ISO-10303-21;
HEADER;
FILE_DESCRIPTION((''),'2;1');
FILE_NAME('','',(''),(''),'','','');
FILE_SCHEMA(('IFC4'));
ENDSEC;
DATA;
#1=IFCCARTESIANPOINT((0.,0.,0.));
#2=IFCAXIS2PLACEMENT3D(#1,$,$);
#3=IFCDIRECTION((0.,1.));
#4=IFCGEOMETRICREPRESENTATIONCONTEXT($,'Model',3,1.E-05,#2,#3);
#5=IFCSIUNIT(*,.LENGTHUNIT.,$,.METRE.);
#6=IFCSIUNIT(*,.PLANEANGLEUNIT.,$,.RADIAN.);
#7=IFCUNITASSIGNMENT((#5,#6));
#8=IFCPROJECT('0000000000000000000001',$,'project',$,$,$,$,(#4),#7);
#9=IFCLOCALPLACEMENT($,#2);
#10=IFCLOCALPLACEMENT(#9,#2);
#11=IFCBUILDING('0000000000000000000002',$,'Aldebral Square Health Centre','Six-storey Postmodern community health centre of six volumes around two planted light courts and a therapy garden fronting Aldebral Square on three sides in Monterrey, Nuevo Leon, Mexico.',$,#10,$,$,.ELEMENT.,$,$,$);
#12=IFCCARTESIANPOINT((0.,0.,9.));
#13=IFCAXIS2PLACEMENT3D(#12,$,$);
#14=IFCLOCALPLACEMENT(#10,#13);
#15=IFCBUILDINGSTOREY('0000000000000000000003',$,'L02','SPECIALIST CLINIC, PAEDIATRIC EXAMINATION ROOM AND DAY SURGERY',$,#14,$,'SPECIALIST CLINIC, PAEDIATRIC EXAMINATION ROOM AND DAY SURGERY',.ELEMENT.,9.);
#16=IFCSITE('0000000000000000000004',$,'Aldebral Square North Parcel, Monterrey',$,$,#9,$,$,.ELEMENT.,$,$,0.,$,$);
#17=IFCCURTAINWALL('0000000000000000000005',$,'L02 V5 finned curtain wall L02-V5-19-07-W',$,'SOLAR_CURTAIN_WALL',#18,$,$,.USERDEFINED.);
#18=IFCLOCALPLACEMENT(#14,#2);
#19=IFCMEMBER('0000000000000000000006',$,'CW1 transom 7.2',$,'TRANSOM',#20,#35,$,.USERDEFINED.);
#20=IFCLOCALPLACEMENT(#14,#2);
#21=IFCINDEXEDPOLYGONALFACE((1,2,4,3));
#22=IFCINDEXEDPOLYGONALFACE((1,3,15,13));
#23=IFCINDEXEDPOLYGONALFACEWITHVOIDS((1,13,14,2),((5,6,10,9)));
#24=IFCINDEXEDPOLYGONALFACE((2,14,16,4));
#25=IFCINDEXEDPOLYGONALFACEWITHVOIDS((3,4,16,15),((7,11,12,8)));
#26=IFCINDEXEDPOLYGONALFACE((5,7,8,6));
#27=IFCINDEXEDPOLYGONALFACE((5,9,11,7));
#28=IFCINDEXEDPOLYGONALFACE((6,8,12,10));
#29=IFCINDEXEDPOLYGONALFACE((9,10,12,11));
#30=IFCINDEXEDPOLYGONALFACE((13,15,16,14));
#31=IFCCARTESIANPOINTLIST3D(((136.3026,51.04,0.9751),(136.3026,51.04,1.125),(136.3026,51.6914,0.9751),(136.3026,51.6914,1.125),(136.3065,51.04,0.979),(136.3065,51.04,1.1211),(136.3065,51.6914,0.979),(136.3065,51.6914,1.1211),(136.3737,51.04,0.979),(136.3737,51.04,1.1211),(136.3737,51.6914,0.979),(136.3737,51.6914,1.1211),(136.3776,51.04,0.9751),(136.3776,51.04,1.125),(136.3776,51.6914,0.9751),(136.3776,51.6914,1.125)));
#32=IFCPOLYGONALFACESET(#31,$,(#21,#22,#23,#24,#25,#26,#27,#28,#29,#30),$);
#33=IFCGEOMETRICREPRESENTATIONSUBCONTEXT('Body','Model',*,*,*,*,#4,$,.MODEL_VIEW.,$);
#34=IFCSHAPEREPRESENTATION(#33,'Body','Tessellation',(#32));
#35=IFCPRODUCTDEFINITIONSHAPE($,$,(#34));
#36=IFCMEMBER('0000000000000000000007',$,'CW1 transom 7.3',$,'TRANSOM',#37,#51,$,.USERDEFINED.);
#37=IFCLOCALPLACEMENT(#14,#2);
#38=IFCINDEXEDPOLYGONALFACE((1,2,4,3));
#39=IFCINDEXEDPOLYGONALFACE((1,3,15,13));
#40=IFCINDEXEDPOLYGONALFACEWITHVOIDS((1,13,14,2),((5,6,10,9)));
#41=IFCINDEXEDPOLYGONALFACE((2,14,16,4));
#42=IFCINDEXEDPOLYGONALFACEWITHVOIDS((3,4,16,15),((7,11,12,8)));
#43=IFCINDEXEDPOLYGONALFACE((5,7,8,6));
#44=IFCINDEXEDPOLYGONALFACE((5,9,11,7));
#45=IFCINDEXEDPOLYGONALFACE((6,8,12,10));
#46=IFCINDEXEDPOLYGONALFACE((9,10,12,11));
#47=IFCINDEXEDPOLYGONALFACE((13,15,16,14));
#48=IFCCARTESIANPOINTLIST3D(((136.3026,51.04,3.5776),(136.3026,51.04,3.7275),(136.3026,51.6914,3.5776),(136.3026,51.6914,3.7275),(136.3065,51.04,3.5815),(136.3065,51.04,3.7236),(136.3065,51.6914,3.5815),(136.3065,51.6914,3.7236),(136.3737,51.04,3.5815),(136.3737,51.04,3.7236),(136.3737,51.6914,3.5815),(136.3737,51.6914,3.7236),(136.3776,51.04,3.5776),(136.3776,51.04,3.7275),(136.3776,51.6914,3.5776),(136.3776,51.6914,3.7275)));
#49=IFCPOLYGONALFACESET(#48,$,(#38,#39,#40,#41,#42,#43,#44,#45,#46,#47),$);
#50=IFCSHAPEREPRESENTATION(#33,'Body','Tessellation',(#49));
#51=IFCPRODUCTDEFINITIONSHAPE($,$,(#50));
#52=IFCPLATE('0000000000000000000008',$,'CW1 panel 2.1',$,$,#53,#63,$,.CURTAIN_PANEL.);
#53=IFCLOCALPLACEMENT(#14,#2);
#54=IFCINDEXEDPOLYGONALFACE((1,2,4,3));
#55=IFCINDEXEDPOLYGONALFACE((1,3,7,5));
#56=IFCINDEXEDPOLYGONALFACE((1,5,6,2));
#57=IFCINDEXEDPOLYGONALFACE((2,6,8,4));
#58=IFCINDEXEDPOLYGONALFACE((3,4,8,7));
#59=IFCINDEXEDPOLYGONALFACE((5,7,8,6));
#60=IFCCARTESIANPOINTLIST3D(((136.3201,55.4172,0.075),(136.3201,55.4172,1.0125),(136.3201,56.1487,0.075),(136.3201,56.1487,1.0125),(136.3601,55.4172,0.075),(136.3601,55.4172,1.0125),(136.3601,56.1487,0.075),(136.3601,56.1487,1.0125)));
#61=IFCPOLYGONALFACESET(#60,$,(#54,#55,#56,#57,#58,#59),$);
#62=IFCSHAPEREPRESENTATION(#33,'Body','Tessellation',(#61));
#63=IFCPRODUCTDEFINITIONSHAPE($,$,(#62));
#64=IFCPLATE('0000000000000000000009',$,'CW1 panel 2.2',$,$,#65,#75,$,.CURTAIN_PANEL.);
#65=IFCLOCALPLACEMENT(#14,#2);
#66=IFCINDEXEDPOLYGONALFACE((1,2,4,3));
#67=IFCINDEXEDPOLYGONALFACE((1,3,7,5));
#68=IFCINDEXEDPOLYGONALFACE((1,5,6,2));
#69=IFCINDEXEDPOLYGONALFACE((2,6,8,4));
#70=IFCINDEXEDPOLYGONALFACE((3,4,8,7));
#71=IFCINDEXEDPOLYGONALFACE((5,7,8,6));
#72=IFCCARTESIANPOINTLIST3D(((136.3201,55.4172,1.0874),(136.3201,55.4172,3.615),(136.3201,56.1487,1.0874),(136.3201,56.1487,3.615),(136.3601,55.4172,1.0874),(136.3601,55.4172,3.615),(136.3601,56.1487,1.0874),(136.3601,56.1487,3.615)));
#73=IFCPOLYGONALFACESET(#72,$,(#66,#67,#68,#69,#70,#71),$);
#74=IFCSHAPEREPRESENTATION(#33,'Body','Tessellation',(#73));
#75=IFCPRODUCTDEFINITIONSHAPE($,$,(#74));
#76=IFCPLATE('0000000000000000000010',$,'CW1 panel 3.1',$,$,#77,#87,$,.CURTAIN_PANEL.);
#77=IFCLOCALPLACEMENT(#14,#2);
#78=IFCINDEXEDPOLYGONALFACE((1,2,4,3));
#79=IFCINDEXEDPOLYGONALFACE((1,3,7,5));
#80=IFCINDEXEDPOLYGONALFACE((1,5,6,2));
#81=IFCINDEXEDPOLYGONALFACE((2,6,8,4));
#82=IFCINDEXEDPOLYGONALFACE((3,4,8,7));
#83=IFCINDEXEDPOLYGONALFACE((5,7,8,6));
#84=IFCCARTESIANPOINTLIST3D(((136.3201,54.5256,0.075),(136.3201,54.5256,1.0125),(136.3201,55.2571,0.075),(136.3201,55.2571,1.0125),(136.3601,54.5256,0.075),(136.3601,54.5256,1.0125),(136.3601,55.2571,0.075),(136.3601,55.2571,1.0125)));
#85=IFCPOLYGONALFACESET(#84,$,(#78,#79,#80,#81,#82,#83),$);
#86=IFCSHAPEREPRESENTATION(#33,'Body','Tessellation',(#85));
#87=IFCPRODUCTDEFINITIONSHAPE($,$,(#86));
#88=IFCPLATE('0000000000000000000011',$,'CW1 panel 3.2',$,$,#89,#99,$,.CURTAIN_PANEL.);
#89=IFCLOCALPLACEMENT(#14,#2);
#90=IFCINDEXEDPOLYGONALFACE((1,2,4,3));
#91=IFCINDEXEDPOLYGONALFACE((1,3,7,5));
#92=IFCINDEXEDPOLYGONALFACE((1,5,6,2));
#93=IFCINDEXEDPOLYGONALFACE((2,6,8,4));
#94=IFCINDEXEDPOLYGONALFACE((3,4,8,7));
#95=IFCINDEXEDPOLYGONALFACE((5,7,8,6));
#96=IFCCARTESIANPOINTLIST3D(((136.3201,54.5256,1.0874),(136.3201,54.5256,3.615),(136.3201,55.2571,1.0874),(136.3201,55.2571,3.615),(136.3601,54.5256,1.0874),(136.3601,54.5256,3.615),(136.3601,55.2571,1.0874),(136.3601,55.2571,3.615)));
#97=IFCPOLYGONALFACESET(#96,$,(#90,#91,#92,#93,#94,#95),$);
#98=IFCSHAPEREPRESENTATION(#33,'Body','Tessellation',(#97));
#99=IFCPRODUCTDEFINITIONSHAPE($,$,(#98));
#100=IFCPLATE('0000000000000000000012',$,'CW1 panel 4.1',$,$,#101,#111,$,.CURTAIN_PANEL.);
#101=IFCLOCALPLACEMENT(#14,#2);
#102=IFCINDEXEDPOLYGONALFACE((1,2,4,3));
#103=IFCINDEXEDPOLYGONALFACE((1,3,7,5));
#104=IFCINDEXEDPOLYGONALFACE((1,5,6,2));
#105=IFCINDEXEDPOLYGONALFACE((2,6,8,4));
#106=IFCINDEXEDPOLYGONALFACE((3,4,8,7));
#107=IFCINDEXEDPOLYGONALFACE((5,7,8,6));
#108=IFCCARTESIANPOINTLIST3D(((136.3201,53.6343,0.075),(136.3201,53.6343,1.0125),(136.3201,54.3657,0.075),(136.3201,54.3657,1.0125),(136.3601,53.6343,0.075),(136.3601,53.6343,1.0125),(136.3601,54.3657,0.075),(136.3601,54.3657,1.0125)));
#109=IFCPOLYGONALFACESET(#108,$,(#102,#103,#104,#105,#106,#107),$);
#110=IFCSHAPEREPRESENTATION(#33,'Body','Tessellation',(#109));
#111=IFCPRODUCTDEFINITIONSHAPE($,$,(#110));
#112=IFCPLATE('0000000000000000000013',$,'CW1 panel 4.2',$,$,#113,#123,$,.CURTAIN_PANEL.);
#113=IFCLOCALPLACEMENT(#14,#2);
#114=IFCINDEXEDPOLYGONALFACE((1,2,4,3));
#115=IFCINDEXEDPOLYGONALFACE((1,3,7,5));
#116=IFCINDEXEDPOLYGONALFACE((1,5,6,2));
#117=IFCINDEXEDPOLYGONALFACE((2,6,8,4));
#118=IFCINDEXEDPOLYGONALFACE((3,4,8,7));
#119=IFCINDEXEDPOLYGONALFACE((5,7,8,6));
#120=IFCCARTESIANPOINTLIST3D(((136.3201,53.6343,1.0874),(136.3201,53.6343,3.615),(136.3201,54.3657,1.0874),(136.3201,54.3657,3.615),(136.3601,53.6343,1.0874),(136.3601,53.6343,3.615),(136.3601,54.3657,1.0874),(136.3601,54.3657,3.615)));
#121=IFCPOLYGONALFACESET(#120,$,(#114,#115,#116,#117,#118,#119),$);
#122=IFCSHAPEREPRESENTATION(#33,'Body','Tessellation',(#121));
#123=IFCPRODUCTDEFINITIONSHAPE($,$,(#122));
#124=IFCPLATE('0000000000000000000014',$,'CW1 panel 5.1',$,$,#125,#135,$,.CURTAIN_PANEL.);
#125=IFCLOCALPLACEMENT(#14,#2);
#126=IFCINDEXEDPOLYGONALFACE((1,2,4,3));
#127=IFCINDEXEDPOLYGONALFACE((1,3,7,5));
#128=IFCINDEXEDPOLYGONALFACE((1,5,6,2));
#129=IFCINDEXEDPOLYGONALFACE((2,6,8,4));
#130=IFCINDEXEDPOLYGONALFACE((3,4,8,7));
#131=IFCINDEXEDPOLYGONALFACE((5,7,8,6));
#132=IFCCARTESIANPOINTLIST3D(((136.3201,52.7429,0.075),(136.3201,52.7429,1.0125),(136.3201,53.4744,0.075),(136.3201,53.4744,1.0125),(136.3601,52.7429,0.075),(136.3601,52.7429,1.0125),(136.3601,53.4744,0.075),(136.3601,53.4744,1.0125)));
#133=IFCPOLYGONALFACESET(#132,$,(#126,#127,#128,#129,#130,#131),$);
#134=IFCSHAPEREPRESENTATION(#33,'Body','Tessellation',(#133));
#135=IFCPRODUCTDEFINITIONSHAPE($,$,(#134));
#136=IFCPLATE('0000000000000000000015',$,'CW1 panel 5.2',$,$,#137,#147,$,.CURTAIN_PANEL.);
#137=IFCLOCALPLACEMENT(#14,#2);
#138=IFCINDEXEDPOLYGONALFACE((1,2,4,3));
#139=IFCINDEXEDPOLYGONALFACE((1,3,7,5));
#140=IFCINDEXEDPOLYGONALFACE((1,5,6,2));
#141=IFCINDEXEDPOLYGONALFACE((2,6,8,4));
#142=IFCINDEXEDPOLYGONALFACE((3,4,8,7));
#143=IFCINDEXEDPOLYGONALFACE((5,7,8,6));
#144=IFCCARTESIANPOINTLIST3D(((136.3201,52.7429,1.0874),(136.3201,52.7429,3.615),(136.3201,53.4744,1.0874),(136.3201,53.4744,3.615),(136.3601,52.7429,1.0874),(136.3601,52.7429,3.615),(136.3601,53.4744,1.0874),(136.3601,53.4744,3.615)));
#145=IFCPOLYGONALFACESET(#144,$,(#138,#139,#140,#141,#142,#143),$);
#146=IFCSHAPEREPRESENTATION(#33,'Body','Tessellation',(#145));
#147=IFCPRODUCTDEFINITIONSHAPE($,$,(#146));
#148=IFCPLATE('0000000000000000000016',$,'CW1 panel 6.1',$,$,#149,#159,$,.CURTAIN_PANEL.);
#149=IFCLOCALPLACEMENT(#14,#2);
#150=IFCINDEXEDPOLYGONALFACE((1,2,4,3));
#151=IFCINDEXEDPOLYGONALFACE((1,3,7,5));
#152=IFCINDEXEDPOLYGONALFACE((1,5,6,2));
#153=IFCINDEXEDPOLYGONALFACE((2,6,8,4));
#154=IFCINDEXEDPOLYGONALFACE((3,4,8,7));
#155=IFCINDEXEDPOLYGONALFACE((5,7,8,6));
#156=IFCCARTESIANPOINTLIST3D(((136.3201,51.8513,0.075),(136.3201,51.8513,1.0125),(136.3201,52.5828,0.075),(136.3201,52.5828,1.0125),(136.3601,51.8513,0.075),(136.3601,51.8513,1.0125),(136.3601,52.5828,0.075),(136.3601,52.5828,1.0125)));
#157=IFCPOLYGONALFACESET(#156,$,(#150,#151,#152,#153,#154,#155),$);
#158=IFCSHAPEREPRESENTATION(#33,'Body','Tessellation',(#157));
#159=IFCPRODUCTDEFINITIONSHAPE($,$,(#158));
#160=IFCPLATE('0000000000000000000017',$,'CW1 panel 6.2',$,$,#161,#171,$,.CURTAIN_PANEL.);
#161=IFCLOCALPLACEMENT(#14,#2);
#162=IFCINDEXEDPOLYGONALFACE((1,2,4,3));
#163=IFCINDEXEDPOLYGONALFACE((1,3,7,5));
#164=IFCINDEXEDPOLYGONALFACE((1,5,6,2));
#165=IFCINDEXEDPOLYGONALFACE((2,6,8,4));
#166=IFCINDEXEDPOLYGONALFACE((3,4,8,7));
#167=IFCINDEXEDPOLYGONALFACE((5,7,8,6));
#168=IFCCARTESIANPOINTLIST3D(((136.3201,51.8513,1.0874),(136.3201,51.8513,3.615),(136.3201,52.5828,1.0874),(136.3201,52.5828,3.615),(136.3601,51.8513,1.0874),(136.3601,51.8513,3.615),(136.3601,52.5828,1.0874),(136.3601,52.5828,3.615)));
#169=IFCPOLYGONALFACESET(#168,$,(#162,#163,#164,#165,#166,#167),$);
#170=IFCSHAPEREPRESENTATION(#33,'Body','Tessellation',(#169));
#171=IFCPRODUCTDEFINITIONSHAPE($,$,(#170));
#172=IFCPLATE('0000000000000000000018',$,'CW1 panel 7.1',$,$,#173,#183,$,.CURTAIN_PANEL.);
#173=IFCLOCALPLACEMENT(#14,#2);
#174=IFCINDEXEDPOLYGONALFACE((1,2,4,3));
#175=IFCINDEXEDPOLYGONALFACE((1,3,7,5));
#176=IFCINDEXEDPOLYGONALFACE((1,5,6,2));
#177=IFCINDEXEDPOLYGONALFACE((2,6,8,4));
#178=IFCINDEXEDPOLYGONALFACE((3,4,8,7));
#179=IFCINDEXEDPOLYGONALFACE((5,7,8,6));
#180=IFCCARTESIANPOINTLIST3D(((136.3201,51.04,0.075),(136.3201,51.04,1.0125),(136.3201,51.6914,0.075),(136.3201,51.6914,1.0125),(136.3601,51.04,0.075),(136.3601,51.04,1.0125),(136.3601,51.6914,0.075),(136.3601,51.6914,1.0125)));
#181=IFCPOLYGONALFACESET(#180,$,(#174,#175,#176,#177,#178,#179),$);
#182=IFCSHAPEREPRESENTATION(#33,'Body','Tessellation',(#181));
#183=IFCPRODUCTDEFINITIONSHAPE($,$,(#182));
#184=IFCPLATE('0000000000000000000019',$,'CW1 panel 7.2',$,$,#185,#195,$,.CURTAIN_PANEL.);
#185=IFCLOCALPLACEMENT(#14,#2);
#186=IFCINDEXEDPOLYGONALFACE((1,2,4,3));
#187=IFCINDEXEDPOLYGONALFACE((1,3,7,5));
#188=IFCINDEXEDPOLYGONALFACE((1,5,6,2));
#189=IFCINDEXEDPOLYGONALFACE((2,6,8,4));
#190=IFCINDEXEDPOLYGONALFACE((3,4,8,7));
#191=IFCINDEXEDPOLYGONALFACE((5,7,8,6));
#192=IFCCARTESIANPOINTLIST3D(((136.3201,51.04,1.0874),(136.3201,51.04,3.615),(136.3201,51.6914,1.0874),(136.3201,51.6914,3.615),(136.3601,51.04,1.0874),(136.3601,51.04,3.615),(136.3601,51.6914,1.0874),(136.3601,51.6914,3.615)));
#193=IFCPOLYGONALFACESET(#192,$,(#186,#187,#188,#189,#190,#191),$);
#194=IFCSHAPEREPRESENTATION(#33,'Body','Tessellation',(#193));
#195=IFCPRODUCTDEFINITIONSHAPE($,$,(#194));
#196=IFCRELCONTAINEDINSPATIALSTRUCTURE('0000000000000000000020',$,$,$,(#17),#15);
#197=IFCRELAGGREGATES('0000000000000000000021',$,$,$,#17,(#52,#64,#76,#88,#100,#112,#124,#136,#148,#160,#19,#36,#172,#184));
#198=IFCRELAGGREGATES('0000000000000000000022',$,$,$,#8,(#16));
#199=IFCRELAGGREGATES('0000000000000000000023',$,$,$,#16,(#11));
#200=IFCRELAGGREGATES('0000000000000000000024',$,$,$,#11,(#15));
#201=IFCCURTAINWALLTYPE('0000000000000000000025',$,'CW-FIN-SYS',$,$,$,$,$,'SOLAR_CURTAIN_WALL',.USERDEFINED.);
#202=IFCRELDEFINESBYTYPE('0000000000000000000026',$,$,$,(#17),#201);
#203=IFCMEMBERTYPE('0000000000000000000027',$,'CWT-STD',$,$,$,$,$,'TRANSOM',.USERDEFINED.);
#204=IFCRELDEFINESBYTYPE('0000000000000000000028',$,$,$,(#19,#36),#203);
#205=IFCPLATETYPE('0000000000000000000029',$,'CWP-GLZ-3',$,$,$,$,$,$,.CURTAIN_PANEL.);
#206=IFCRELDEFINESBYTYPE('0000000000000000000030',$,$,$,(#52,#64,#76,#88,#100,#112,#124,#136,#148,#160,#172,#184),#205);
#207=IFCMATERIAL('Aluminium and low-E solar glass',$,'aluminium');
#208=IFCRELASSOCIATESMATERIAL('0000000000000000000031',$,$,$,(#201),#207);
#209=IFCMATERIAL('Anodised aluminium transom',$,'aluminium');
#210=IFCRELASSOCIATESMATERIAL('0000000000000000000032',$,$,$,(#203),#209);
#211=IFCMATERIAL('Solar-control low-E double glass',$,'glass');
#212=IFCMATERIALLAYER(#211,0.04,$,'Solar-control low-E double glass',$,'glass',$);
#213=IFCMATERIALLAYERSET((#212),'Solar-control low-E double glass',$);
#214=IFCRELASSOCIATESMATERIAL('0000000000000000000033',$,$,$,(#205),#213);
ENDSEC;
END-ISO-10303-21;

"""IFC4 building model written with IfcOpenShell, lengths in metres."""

from ifc_helpers import new_model, si_unit, direction, frame, origin, origin_2d, place, context, subcontext, project, spatial, rectangle, hollow_rectangle, extrude, material, layer, layer_set, material_profile, profile_set, type_object, element, aggregate, save


model = new_model("IFC4")

# Units and contexts
model_context = context("Model", 3, precision=1e-05, world=origin(), true_north=direction((0.0, 1.0)))
body_context = subcontext(model_context, "Body", "Model", "MODEL_VIEW")
ifc_project = project(units=[si_unit("LENGTHUNIT", "METRE"), si_unit("PLANEANGLEUNIT", "RADIAN")], contexts=[model_context])

# Site, building, storey
site_placement = place(None, origin())
site = spatial("IfcSite", under=ifc_project, at=site_placement, Name="Aldebral Square North Parcel, Monterrey", CompositionType="ELEMENT", RefElevation=0.0)
building_placement = place(site_placement, origin())
building = spatial("IfcBuilding", under=site, at=building_placement, Name="Aldebral Square Health Centre", Description="Six-storey Postmodern community health centre of six volumes around two planted light courts and a therapy garden fronting Aldebral Square on three sides in Monterrey, Nuevo Leon, Mexico.", CompositionType="ELEMENT")
storey_placement = place(building_placement, frame((0.0, 0.0, 9.0)))
storey = spatial("IfcBuildingStorey", under=building, at=storey_placement, Name="L02", Description="SPECIALIST CLINIC, PAEDIATRIC EXAMINATION ROOM AND DAY SURGERY", LongName="SPECIALIST CLINIC, PAEDIATRIC EXAMINATION ROOM AND DAY SURGERY", CompositionType="ELEMENT", Elevation=9.0)

# Shared definitions
ifc_material_1 = material(Name="Aluminium and low-E solar glass", Category="aluminium")
curtain_wall_type = type_object("IfcCurtainWallType", Name="CW-FIN-SYS", ElementType="SOLAR_CURTAIN_WALL", PredefinedType="USERDEFINED", material=ifc_material_1)

# Curtain wall, members, plates
curtain_wall_1_placement = place(storey_placement, origin())
curtain_wall_1 = element("IfcCurtainWall", 1, at=curtain_wall_1_placement, inside=storey, type_object=curtain_wall_type, Name="L02 V5 finned curtain wall L02-V5-19-07-W", ObjectType="SOLAR_CURTAIN_WALL", PredefinedType="USERDEFINED")
ifc_material_2 = material(Name="Anodised aluminium transom", Category="aluminium")
ifc_material_profile_1 = material_profile(ifc_material_2, hollow_rectangle(XDim=0.075, YDim=0.1499, WallThickness=0.0039, at=origin_2d()), Name="CWT 75x150x4")
ifc_profile_set_1 = profile_set([ifc_material_profile_1], Name="Anodised aluminium transom")
member_type_1 = type_object("IfcMemberType", Name="CWT-STD", ElementType="TRANSOM", PredefinedType="USERDEFINED", material=ifc_profile_set_1)
member_1_placement = place(storey_placement, frame((136.3401, 51.6914, 1.05), z_axis=(0.0, -1.0, 0.0), x_axis=(1.0, 0.0, 0.0)))
member_1 = element("IfcMember", 2, at=member_1_placement, type_object=member_type_1, Name="CW1 transom 7.2", ObjectType="TRANSOM", PredefinedType="USERDEFINED", context=body_context, shape_type="SweptSolid", body=[
    extrude(hollow_rectangle(XDim=0.075, YDim=0.1499, WallThickness=0.0039, at=origin_2d()), origin(), (0.0, 0.0, 1.0), 0.6514),
])
member_2_placement = place(storey_placement, frame((136.3401, 51.6914, 3.6526), z_axis=(0.0, -1.0, 0.0), x_axis=(1.0, 0.0, 0.0)))
member_2 = element("IfcMember", 3, at=member_2_placement, type_object=member_type_1, Name="CW1 transom 7.3", ObjectType="TRANSOM", PredefinedType="USERDEFINED", context=body_context, shape_type="SweptSolid", body=[
    extrude(hollow_rectangle(XDim=0.075, YDim=0.1499, WallThickness=0.0039, at=origin_2d()), origin(), (0.0, 0.0, 1.0), 0.6514),
])
ifc_material_3 = material(Name="Solar-control low-E double glass", Category="glass")
ifc_layer = layer(ifc_material_3, 0.04, Name="Solar-control low-E double glass", Category="glass")
ifc_layer_set = layer_set([ifc_layer], Name="Solar-control low-E double glass")
plate_type = type_object("IfcPlateType", Name="CWP-GLZ-3", PredefinedType="CURTAIN_PANEL", material=ifc_layer_set)
plate_1_placement = place(storey_placement, frame((136.3401, 55.783, 0.075), z_axis=(0.0, 0.0, 1.0), x_axis=(0.0, -1.0, 0.0)))
plate_1 = element("IfcPlate", 4, at=plate_1_placement, type_object=plate_type, Name="CW1 panel 2.1", PredefinedType="CURTAIN_PANEL", context=body_context, shape_type="SweptSolid", body=[
    extrude(rectangle(XDim=0.7314, YDim=0.04, at=origin_2d()), origin(), (0.0, 0.0, 1.0), 0.9375),
])
plate_2_placement = place(storey_placement, frame((136.3401, 55.783, 1.0874), z_axis=(0.0, 0.0, 1.0), x_axis=(0.0, -1.0, 0.0)))
plate_2 = element("IfcPlate", 5, at=plate_2_placement, type_object=plate_type, Name="CW1 panel 2.2", PredefinedType="CURTAIN_PANEL", context=body_context, shape_type="SweptSolid", body=[
    extrude(rectangle(XDim=0.7314, YDim=0.04, at=origin_2d()), origin(), (0.0, 0.0, 1.0), 2.5276),
])
plate_3_placement = place(storey_placement, frame((136.3401, 54.8914, 0.075), z_axis=(0.0, 0.0, 1.0), x_axis=(0.0, -1.0, 0.0)))
plate_3 = element("IfcPlate", 6, at=plate_3_placement, type_object=plate_type, Name="CW1 panel 3.1", PredefinedType="CURTAIN_PANEL", context=body_context, shape_type="SweptSolid", body=[
    extrude(rectangle(XDim=0.7314, YDim=0.04, at=origin_2d()), origin(), (0.0, 0.0, 1.0), 0.9375),
])
plate_4_placement = place(storey_placement, frame((136.3401, 54.8914, 1.0874), z_axis=(0.0, 0.0, 1.0), x_axis=(0.0, -1.0, 0.0)))
plate_4 = element("IfcPlate", 7, at=plate_4_placement, type_object=plate_type, Name="CW1 panel 3.2", PredefinedType="CURTAIN_PANEL", context=body_context, shape_type="SweptSolid", body=[
    extrude(rectangle(XDim=0.7314, YDim=0.04, at=origin_2d()), origin(), (0.0, 0.0, 1.0), 2.5276),
])
plate_5_placement = place(storey_placement, frame((136.3401, 54.0, 0.075), z_axis=(0.0, 0.0, 1.0), x_axis=(0.0, -1.0, 0.0)))
plate_5 = element("IfcPlate", 8, at=plate_5_placement, type_object=plate_type, Name="CW1 panel 4.1", PredefinedType="CURTAIN_PANEL", context=body_context, shape_type="SweptSolid", body=[
    extrude(rectangle(XDim=0.7314, YDim=0.04, at=origin_2d()), origin(), (0.0, 0.0, 1.0), 0.9375),
])
plate_6_placement = place(storey_placement, frame((136.3401, 54.0, 1.0874), z_axis=(0.0, 0.0, 1.0), x_axis=(0.0, -1.0, 0.0)))
plate_6 = element("IfcPlate", 9, at=plate_6_placement, type_object=plate_type, Name="CW1 panel 4.2", PredefinedType="CURTAIN_PANEL", context=body_context, shape_type="SweptSolid", body=[
    extrude(rectangle(XDim=0.7314, YDim=0.04, at=origin_2d()), origin(), (0.0, 0.0, 1.0), 2.5276),
])
plate_7_placement = place(storey_placement, frame((136.3401, 53.1086, 0.075), z_axis=(0.0, 0.0, 1.0), x_axis=(0.0, -1.0, 0.0)))
plate_7 = element("IfcPlate", 10, at=plate_7_placement, type_object=plate_type, Name="CW1 panel 5.1", PredefinedType="CURTAIN_PANEL", context=body_context, shape_type="SweptSolid", body=[
    extrude(rectangle(XDim=0.7314, YDim=0.04, at=origin_2d()), origin(), (0.0, 0.0, 1.0), 0.9375),
])
plate_8_placement = place(storey_placement, frame((136.3401, 53.1086, 1.0874), z_axis=(0.0, 0.0, 1.0), x_axis=(0.0, -1.0, 0.0)))
plate_8 = element("IfcPlate", 11, at=plate_8_placement, type_object=plate_type, Name="CW1 panel 5.2", PredefinedType="CURTAIN_PANEL", context=body_context, shape_type="SweptSolid", body=[
    extrude(rectangle(XDim=0.7314, YDim=0.04, at=origin_2d()), origin(), (0.0, 0.0, 1.0), 2.5276),
])
plate_9_placement = place(storey_placement, frame((136.3401, 52.217, 0.075), z_axis=(0.0, 0.0, 1.0), x_axis=(0.0, -1.0, 0.0)))
plate_9 = element("IfcPlate", 12, at=plate_9_placement, type_object=plate_type, Name="CW1 panel 6.1", PredefinedType="CURTAIN_PANEL", context=body_context, shape_type="SweptSolid", body=[
    extrude(rectangle(XDim=0.7314, YDim=0.04, at=origin_2d()), origin(), (0.0, 0.0, 1.0), 0.9375),
])
plate_10_placement = place(storey_placement, frame((136.3401, 52.217, 1.0874), z_axis=(0.0, 0.0, 1.0), x_axis=(0.0, -1.0, 0.0)))
plate_10 = element("IfcPlate", 13, at=plate_10_placement, type_object=plate_type, Name="CW1 panel 6.2", PredefinedType="CURTAIN_PANEL", context=body_context, shape_type="SweptSolid", body=[
    extrude(rectangle(XDim=0.7314, YDim=0.04, at=origin_2d()), origin(), (0.0, 0.0, 1.0), 2.5276),
])
plate_11_placement = place(storey_placement, frame((136.3401, 51.3657, 0.075), z_axis=(0.0, 0.0, 1.0), x_axis=(0.0, -1.0, 0.0)))
plate_11 = element("IfcPlate", 14, at=plate_11_placement, type_object=plate_type, Name="CW1 panel 7.1", PredefinedType="CURTAIN_PANEL", context=body_context, shape_type="SweptSolid", body=[
    extrude(rectangle(XDim=0.6514, YDim=0.04, at=origin_2d()), origin(), (0.0, 0.0, 1.0), 0.9375),
])
plate_12_placement = place(storey_placement, frame((136.3401, 51.3657, 1.0874), z_axis=(0.0, 0.0, 1.0), x_axis=(0.0, -1.0, 0.0)))
plate_12 = element("IfcPlate", 15, at=plate_12_placement, type_object=plate_type, Name="CW1 panel 7.2", PredefinedType="CURTAIN_PANEL", context=body_context, shape_type="SweptSolid", body=[
    extrude(rectangle(XDim=0.6514, YDim=0.04, at=origin_2d()), origin(), (0.0, 0.0, 1.0), 2.5276),
])
aggregate(curtain_wall_1, [plate_1, plate_2, plate_3, plate_4, plate_5, plate_6, plate_7, plate_8, plate_9, plate_10, member_1, member_2, plate_11, plate_12])

save(model, "model.ifc")
